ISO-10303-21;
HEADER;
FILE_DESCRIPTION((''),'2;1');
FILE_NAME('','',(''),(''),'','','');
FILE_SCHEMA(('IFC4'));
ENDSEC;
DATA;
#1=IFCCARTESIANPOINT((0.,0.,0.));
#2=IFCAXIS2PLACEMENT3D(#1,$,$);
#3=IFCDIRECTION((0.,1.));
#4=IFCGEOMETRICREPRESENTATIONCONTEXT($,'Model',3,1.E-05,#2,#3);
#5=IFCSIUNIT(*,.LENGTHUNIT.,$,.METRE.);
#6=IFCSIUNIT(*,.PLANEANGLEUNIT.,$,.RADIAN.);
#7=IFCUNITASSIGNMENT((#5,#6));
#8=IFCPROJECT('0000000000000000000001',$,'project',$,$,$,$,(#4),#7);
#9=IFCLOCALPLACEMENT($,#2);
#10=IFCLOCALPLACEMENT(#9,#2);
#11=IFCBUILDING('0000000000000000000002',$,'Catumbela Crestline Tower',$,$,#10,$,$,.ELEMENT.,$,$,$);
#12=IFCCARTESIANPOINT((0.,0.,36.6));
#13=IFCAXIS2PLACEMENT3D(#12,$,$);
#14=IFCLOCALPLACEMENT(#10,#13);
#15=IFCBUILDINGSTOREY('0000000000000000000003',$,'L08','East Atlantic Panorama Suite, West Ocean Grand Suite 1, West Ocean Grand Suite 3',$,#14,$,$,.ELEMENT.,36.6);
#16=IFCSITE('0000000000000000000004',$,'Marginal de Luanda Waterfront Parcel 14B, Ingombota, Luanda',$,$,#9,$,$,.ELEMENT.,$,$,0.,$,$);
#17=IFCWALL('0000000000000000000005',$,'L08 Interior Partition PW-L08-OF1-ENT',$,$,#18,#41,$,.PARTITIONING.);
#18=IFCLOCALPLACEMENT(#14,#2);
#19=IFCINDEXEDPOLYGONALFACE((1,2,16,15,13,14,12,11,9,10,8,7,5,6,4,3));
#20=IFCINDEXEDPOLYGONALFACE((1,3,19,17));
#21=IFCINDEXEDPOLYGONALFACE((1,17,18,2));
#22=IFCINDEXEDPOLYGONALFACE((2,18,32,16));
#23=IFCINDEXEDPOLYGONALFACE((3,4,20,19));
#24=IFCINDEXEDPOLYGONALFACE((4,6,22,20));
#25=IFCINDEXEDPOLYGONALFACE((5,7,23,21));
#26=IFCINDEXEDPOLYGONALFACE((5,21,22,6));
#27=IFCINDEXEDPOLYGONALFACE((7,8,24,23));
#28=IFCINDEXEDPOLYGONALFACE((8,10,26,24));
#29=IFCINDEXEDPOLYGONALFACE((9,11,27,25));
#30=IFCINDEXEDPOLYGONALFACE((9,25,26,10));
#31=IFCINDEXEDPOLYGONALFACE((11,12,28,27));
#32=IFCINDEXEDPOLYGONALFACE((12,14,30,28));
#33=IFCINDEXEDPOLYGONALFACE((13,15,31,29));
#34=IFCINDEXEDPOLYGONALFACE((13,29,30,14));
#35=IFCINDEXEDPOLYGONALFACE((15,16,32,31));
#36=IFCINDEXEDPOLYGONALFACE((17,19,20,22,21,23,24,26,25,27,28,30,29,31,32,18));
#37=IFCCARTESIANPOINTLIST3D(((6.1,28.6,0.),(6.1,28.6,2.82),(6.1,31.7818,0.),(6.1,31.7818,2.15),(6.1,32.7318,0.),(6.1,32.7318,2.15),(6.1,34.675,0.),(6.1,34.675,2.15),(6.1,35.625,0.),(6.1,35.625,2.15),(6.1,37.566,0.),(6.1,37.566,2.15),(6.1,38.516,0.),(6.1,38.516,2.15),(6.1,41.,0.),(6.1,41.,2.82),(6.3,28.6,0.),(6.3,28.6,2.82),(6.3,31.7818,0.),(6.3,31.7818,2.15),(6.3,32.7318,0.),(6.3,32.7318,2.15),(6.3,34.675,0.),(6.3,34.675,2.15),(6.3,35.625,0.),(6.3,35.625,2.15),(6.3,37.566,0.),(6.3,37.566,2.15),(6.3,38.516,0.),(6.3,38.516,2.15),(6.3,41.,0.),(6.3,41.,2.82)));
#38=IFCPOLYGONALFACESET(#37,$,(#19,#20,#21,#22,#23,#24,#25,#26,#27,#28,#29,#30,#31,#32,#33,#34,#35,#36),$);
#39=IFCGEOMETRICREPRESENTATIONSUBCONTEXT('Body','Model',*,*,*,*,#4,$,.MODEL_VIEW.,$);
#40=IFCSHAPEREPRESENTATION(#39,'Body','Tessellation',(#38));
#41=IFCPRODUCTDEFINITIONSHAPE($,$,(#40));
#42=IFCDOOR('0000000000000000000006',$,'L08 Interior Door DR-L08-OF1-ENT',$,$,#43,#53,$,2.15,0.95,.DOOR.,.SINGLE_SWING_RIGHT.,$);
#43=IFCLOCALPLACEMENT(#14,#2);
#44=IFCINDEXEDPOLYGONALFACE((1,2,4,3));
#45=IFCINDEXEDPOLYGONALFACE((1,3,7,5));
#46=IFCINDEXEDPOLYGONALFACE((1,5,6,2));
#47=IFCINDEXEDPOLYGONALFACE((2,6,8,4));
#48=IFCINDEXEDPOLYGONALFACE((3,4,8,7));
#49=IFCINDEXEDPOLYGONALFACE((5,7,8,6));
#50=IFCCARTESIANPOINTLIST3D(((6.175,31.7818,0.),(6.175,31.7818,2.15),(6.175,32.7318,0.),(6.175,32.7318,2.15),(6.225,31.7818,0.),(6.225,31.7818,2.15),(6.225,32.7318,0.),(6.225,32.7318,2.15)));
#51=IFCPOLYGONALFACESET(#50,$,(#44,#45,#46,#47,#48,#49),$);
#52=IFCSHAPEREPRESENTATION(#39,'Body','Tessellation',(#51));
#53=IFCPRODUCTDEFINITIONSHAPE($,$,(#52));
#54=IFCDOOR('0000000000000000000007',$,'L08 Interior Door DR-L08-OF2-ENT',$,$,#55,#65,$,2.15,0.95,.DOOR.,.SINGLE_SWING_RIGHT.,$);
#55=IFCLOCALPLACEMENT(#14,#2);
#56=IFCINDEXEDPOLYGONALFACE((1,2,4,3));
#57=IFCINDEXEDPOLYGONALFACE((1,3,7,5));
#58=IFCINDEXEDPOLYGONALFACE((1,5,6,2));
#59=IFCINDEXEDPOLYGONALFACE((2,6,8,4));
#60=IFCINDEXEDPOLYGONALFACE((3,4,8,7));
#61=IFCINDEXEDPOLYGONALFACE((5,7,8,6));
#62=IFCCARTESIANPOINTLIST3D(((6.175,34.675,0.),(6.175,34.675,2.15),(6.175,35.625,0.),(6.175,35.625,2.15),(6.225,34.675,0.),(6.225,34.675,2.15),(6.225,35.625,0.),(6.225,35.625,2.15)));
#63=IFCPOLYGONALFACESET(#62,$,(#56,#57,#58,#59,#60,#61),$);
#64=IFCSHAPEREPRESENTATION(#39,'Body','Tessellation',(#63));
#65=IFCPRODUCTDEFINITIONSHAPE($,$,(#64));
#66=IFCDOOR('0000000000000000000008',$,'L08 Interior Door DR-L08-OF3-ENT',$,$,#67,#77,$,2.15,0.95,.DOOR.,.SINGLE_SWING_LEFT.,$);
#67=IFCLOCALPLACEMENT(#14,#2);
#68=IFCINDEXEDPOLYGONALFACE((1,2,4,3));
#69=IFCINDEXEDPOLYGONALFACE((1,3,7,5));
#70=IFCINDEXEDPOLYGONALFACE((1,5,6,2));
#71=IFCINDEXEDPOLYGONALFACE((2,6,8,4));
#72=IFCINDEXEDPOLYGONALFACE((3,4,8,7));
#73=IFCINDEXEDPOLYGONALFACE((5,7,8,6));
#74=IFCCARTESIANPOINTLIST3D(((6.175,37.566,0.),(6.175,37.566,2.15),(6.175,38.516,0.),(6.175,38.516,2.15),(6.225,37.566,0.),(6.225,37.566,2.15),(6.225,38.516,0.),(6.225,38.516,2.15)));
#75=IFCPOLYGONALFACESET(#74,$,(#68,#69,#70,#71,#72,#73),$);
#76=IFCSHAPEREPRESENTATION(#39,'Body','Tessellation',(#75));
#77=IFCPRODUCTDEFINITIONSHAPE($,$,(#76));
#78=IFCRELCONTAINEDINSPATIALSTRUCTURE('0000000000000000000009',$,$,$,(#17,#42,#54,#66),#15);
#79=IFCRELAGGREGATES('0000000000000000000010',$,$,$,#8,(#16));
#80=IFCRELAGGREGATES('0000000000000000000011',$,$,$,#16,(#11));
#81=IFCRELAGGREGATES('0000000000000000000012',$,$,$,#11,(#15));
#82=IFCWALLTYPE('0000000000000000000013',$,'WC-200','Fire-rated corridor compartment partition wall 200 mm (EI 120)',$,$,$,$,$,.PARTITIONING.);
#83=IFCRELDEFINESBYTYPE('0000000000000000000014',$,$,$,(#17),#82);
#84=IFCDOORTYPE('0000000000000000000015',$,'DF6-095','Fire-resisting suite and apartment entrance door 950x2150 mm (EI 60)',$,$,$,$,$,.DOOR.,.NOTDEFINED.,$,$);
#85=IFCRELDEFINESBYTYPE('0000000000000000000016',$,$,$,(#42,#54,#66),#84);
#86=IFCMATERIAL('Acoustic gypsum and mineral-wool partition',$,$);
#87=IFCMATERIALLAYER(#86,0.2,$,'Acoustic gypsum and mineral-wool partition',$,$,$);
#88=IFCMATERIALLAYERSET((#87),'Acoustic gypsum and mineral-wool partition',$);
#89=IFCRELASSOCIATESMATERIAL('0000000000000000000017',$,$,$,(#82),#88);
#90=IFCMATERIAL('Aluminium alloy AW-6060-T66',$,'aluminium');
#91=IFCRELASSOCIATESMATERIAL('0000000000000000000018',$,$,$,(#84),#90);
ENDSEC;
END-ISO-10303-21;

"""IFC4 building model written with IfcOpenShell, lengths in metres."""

from ifc_helpers import new_model, si_unit, direction, frame, frame_2d, origin, place, context, subcontext, project, spatial, rectangle, extrude, material, layer, layer_set, type_object, element, fill, save


model = new_model("IFC4")

# Units and contexts
model_context = context("Model", 3, precision=1e-05, world=origin(), true_north=direction((0.0, 1.0)))
body_context = subcontext(model_context, "Body", "Model", "MODEL_VIEW")
ifc_project = project(units=[si_unit("LENGTHUNIT", "METRE"), si_unit("PLANEANGLEUNIT", "RADIAN")], contexts=[model_context])

# Site, building, storey
site_placement = place(None, origin())
site = spatial("IfcSite", under=ifc_project, at=site_placement, Name="Marginal de Luanda Waterfront Parcel 14B, Ingombota, Luanda", CompositionType="ELEMENT", RefElevation=0.0)
building_placement = place(site_placement, origin())
building = spatial("IfcBuilding", under=site, at=building_placement, Name="Catumbela Crestline Tower", CompositionType="ELEMENT")
storey_placement = place(building_placement, frame((0.0, 0.0, 36.6)))
storey = spatial("IfcBuildingStorey", under=building, at=storey_placement, Name="L08", Description="East Atlantic Panorama Suite, West Ocean Grand Suite 1, West Ocean Grand Suite 3", CompositionType="ELEMENT", Elevation=36.6)

# Shared definitions
ifc_material_1 = material(Name="Acoustic gypsum and mineral-wool partition")
ifc_layer = layer(ifc_material_1, 0.2, Name="Acoustic gypsum and mineral-wool partition")
ifc_layer_set = layer_set([ifc_layer], Name="Acoustic gypsum and mineral-wool partition")
wall_type = type_object("IfcWallType", Name="WC-200", Description="Fire-rated corridor compartment partition wall 200 mm (EI 120)", PredefinedType="PARTITIONING", material=ifc_layer_set)
ifc_material_2 = material(Name="Aluminium alloy AW-6060-T66", Category="aluminium")
door_type_1 = type_object("IfcDoorType", Name="DF6-095", Description="Fire-resisting suite and apartment entrance door 950x2150 mm (EI 60)", OperationType="NOTDEFINED", PredefinedType="DOOR", material=ifc_material_2)

# Wall, openings, doors
wall_1_placement = place(storey_placement, frame((6.2, 28.6, 0.0), z_axis=(0.0, 0.0, 1.0), x_axis=(0.0, 1.0, 0.0)))
wall_1 = element("IfcWall", 1, at=wall_1_placement, inside=storey, type_object=wall_type, Name="L08 Interior Partition PW-L08-OF1-ENT", PredefinedType="PARTITIONING", context=body_context, shape_type="SweptSolid", body=[
    extrude(rectangle(XDim=12.4, YDim=0.2, at=frame_2d((6.2, 0.0))), origin(), (0.0, 0.0, 1.0), 2.82),
])
opening_1_placement = place(wall_1_placement, frame((3.1818, 0.0, 0.0)))
opening_1 = element("IfcOpeningElement", 2, at=opening_1_placement, cuts=wall_1, PredefinedType="OPENING", context=body_context, shape_type="SweptSolid", body=[
    extrude(rectangle(XDim=0.95, YDim=2.15, at=frame_2d((0.475, 1.075))), frame((0.0, 0.11, 0.0), z_axis=(0.0, -1.0, 0.0), x_axis=(1.0, 0.0, 0.0)), (0.0, 0.0, 1.0), 0.22),
])
opening_2_placement = place(wall_1_placement, frame((6.075, 0.0, 0.0)))
opening_2 = element("IfcOpeningElement", 3, at=opening_2_placement, cuts=wall_1, PredefinedType="OPENING", context=body_context, shape_type="SweptSolid", body=[
    extrude(rectangle(XDim=0.95, YDim=2.15, at=frame_2d((0.475, 1.075))), frame((0.0, 0.11, 0.0), z_axis=(0.0, -1.0, 0.0), x_axis=(1.0, 0.0, 0.0)), (0.0, 0.0, 1.0), 0.22),
])
opening_3_placement = place(wall_1_placement, frame((8.966, 0.0, 0.0)))
opening_3 = element("IfcOpeningElement", 4, at=opening_3_placement, cuts=wall_1, PredefinedType="OPENING", context=body_context, shape_type="SweptSolid", body=[
    extrude(rectangle(XDim=0.95, YDim=2.15, at=frame_2d((0.475, 1.075))), frame((0.0, 0.11, 0.0), z_axis=(0.0, -1.0, 0.0), x_axis=(1.0, 0.0, 0.0)), (0.0, 0.0, 1.0), 0.22),
])
door_1_placement = place(opening_1_placement, origin())
door_1 = element("IfcDoor", 5, at=door_1_placement, inside=storey, type_object=door_type_1, Name="L08 Interior Door DR-L08-OF1-ENT", OperationType="SINGLE_SWING_RIGHT", OverallHeight=2.15, OverallWidth=0.95, PredefinedType="DOOR", context=body_context, shape_type="SweptSolid", body=[
    extrude(rectangle(XDim=0.95, YDim=2.15, at=frame_2d((0.475, 1.075))), frame((0.0, 0.025, 0.0), z_axis=(0.0, -1.0, 0.0), x_axis=(1.0, 0.0, 0.0)), (0.0, 0.0, 1.0), 0.05),
])
fill(opening_1, door_1)
door_2_placement = place(opening_2_placement, origin())
door_2 = element("IfcDoor", 6, at=door_2_placement, inside=storey, type_object=door_type_1, Name="L08 Interior Door DR-L08-OF2-ENT", OperationType="SINGLE_SWING_RIGHT", OverallHeight=2.15, OverallWidth=0.95, PredefinedType="DOOR", context=body_context, shape_type="SweptSolid", body=[
    extrude(rectangle(XDim=0.95, YDim=2.15, at=frame_2d((0.475, 1.075))), frame((0.0, 0.025, 0.0), z_axis=(0.0, -1.0, 0.0), x_axis=(1.0, 0.0, 0.0)), (0.0, 0.0, 1.0), 0.05),
])
fill(opening_2, door_2)
door_3_placement = place(opening_3_placement, origin())
door_3 = element("IfcDoor", 7, at=door_3_placement, inside=storey, type_object=door_type_1, Name="L08 Interior Door DR-L08-OF3-ENT", OperationType="SINGLE_SWING_LEFT", OverallHeight=2.15, OverallWidth=0.95, PredefinedType="DOOR", context=body_context, shape_type="SweptSolid", body=[
    extrude(rectangle(XDim=0.95, YDim=2.15, at=frame_2d((0.475, 1.075))), frame((0.0, 0.025, 0.0), z_axis=(0.0, -1.0, 0.0), x_axis=(1.0, 0.0, 0.0)), (0.0, 0.0, 1.0), 0.05),
])
fill(opening_3, door_3)

save(model, "model.ifc")
